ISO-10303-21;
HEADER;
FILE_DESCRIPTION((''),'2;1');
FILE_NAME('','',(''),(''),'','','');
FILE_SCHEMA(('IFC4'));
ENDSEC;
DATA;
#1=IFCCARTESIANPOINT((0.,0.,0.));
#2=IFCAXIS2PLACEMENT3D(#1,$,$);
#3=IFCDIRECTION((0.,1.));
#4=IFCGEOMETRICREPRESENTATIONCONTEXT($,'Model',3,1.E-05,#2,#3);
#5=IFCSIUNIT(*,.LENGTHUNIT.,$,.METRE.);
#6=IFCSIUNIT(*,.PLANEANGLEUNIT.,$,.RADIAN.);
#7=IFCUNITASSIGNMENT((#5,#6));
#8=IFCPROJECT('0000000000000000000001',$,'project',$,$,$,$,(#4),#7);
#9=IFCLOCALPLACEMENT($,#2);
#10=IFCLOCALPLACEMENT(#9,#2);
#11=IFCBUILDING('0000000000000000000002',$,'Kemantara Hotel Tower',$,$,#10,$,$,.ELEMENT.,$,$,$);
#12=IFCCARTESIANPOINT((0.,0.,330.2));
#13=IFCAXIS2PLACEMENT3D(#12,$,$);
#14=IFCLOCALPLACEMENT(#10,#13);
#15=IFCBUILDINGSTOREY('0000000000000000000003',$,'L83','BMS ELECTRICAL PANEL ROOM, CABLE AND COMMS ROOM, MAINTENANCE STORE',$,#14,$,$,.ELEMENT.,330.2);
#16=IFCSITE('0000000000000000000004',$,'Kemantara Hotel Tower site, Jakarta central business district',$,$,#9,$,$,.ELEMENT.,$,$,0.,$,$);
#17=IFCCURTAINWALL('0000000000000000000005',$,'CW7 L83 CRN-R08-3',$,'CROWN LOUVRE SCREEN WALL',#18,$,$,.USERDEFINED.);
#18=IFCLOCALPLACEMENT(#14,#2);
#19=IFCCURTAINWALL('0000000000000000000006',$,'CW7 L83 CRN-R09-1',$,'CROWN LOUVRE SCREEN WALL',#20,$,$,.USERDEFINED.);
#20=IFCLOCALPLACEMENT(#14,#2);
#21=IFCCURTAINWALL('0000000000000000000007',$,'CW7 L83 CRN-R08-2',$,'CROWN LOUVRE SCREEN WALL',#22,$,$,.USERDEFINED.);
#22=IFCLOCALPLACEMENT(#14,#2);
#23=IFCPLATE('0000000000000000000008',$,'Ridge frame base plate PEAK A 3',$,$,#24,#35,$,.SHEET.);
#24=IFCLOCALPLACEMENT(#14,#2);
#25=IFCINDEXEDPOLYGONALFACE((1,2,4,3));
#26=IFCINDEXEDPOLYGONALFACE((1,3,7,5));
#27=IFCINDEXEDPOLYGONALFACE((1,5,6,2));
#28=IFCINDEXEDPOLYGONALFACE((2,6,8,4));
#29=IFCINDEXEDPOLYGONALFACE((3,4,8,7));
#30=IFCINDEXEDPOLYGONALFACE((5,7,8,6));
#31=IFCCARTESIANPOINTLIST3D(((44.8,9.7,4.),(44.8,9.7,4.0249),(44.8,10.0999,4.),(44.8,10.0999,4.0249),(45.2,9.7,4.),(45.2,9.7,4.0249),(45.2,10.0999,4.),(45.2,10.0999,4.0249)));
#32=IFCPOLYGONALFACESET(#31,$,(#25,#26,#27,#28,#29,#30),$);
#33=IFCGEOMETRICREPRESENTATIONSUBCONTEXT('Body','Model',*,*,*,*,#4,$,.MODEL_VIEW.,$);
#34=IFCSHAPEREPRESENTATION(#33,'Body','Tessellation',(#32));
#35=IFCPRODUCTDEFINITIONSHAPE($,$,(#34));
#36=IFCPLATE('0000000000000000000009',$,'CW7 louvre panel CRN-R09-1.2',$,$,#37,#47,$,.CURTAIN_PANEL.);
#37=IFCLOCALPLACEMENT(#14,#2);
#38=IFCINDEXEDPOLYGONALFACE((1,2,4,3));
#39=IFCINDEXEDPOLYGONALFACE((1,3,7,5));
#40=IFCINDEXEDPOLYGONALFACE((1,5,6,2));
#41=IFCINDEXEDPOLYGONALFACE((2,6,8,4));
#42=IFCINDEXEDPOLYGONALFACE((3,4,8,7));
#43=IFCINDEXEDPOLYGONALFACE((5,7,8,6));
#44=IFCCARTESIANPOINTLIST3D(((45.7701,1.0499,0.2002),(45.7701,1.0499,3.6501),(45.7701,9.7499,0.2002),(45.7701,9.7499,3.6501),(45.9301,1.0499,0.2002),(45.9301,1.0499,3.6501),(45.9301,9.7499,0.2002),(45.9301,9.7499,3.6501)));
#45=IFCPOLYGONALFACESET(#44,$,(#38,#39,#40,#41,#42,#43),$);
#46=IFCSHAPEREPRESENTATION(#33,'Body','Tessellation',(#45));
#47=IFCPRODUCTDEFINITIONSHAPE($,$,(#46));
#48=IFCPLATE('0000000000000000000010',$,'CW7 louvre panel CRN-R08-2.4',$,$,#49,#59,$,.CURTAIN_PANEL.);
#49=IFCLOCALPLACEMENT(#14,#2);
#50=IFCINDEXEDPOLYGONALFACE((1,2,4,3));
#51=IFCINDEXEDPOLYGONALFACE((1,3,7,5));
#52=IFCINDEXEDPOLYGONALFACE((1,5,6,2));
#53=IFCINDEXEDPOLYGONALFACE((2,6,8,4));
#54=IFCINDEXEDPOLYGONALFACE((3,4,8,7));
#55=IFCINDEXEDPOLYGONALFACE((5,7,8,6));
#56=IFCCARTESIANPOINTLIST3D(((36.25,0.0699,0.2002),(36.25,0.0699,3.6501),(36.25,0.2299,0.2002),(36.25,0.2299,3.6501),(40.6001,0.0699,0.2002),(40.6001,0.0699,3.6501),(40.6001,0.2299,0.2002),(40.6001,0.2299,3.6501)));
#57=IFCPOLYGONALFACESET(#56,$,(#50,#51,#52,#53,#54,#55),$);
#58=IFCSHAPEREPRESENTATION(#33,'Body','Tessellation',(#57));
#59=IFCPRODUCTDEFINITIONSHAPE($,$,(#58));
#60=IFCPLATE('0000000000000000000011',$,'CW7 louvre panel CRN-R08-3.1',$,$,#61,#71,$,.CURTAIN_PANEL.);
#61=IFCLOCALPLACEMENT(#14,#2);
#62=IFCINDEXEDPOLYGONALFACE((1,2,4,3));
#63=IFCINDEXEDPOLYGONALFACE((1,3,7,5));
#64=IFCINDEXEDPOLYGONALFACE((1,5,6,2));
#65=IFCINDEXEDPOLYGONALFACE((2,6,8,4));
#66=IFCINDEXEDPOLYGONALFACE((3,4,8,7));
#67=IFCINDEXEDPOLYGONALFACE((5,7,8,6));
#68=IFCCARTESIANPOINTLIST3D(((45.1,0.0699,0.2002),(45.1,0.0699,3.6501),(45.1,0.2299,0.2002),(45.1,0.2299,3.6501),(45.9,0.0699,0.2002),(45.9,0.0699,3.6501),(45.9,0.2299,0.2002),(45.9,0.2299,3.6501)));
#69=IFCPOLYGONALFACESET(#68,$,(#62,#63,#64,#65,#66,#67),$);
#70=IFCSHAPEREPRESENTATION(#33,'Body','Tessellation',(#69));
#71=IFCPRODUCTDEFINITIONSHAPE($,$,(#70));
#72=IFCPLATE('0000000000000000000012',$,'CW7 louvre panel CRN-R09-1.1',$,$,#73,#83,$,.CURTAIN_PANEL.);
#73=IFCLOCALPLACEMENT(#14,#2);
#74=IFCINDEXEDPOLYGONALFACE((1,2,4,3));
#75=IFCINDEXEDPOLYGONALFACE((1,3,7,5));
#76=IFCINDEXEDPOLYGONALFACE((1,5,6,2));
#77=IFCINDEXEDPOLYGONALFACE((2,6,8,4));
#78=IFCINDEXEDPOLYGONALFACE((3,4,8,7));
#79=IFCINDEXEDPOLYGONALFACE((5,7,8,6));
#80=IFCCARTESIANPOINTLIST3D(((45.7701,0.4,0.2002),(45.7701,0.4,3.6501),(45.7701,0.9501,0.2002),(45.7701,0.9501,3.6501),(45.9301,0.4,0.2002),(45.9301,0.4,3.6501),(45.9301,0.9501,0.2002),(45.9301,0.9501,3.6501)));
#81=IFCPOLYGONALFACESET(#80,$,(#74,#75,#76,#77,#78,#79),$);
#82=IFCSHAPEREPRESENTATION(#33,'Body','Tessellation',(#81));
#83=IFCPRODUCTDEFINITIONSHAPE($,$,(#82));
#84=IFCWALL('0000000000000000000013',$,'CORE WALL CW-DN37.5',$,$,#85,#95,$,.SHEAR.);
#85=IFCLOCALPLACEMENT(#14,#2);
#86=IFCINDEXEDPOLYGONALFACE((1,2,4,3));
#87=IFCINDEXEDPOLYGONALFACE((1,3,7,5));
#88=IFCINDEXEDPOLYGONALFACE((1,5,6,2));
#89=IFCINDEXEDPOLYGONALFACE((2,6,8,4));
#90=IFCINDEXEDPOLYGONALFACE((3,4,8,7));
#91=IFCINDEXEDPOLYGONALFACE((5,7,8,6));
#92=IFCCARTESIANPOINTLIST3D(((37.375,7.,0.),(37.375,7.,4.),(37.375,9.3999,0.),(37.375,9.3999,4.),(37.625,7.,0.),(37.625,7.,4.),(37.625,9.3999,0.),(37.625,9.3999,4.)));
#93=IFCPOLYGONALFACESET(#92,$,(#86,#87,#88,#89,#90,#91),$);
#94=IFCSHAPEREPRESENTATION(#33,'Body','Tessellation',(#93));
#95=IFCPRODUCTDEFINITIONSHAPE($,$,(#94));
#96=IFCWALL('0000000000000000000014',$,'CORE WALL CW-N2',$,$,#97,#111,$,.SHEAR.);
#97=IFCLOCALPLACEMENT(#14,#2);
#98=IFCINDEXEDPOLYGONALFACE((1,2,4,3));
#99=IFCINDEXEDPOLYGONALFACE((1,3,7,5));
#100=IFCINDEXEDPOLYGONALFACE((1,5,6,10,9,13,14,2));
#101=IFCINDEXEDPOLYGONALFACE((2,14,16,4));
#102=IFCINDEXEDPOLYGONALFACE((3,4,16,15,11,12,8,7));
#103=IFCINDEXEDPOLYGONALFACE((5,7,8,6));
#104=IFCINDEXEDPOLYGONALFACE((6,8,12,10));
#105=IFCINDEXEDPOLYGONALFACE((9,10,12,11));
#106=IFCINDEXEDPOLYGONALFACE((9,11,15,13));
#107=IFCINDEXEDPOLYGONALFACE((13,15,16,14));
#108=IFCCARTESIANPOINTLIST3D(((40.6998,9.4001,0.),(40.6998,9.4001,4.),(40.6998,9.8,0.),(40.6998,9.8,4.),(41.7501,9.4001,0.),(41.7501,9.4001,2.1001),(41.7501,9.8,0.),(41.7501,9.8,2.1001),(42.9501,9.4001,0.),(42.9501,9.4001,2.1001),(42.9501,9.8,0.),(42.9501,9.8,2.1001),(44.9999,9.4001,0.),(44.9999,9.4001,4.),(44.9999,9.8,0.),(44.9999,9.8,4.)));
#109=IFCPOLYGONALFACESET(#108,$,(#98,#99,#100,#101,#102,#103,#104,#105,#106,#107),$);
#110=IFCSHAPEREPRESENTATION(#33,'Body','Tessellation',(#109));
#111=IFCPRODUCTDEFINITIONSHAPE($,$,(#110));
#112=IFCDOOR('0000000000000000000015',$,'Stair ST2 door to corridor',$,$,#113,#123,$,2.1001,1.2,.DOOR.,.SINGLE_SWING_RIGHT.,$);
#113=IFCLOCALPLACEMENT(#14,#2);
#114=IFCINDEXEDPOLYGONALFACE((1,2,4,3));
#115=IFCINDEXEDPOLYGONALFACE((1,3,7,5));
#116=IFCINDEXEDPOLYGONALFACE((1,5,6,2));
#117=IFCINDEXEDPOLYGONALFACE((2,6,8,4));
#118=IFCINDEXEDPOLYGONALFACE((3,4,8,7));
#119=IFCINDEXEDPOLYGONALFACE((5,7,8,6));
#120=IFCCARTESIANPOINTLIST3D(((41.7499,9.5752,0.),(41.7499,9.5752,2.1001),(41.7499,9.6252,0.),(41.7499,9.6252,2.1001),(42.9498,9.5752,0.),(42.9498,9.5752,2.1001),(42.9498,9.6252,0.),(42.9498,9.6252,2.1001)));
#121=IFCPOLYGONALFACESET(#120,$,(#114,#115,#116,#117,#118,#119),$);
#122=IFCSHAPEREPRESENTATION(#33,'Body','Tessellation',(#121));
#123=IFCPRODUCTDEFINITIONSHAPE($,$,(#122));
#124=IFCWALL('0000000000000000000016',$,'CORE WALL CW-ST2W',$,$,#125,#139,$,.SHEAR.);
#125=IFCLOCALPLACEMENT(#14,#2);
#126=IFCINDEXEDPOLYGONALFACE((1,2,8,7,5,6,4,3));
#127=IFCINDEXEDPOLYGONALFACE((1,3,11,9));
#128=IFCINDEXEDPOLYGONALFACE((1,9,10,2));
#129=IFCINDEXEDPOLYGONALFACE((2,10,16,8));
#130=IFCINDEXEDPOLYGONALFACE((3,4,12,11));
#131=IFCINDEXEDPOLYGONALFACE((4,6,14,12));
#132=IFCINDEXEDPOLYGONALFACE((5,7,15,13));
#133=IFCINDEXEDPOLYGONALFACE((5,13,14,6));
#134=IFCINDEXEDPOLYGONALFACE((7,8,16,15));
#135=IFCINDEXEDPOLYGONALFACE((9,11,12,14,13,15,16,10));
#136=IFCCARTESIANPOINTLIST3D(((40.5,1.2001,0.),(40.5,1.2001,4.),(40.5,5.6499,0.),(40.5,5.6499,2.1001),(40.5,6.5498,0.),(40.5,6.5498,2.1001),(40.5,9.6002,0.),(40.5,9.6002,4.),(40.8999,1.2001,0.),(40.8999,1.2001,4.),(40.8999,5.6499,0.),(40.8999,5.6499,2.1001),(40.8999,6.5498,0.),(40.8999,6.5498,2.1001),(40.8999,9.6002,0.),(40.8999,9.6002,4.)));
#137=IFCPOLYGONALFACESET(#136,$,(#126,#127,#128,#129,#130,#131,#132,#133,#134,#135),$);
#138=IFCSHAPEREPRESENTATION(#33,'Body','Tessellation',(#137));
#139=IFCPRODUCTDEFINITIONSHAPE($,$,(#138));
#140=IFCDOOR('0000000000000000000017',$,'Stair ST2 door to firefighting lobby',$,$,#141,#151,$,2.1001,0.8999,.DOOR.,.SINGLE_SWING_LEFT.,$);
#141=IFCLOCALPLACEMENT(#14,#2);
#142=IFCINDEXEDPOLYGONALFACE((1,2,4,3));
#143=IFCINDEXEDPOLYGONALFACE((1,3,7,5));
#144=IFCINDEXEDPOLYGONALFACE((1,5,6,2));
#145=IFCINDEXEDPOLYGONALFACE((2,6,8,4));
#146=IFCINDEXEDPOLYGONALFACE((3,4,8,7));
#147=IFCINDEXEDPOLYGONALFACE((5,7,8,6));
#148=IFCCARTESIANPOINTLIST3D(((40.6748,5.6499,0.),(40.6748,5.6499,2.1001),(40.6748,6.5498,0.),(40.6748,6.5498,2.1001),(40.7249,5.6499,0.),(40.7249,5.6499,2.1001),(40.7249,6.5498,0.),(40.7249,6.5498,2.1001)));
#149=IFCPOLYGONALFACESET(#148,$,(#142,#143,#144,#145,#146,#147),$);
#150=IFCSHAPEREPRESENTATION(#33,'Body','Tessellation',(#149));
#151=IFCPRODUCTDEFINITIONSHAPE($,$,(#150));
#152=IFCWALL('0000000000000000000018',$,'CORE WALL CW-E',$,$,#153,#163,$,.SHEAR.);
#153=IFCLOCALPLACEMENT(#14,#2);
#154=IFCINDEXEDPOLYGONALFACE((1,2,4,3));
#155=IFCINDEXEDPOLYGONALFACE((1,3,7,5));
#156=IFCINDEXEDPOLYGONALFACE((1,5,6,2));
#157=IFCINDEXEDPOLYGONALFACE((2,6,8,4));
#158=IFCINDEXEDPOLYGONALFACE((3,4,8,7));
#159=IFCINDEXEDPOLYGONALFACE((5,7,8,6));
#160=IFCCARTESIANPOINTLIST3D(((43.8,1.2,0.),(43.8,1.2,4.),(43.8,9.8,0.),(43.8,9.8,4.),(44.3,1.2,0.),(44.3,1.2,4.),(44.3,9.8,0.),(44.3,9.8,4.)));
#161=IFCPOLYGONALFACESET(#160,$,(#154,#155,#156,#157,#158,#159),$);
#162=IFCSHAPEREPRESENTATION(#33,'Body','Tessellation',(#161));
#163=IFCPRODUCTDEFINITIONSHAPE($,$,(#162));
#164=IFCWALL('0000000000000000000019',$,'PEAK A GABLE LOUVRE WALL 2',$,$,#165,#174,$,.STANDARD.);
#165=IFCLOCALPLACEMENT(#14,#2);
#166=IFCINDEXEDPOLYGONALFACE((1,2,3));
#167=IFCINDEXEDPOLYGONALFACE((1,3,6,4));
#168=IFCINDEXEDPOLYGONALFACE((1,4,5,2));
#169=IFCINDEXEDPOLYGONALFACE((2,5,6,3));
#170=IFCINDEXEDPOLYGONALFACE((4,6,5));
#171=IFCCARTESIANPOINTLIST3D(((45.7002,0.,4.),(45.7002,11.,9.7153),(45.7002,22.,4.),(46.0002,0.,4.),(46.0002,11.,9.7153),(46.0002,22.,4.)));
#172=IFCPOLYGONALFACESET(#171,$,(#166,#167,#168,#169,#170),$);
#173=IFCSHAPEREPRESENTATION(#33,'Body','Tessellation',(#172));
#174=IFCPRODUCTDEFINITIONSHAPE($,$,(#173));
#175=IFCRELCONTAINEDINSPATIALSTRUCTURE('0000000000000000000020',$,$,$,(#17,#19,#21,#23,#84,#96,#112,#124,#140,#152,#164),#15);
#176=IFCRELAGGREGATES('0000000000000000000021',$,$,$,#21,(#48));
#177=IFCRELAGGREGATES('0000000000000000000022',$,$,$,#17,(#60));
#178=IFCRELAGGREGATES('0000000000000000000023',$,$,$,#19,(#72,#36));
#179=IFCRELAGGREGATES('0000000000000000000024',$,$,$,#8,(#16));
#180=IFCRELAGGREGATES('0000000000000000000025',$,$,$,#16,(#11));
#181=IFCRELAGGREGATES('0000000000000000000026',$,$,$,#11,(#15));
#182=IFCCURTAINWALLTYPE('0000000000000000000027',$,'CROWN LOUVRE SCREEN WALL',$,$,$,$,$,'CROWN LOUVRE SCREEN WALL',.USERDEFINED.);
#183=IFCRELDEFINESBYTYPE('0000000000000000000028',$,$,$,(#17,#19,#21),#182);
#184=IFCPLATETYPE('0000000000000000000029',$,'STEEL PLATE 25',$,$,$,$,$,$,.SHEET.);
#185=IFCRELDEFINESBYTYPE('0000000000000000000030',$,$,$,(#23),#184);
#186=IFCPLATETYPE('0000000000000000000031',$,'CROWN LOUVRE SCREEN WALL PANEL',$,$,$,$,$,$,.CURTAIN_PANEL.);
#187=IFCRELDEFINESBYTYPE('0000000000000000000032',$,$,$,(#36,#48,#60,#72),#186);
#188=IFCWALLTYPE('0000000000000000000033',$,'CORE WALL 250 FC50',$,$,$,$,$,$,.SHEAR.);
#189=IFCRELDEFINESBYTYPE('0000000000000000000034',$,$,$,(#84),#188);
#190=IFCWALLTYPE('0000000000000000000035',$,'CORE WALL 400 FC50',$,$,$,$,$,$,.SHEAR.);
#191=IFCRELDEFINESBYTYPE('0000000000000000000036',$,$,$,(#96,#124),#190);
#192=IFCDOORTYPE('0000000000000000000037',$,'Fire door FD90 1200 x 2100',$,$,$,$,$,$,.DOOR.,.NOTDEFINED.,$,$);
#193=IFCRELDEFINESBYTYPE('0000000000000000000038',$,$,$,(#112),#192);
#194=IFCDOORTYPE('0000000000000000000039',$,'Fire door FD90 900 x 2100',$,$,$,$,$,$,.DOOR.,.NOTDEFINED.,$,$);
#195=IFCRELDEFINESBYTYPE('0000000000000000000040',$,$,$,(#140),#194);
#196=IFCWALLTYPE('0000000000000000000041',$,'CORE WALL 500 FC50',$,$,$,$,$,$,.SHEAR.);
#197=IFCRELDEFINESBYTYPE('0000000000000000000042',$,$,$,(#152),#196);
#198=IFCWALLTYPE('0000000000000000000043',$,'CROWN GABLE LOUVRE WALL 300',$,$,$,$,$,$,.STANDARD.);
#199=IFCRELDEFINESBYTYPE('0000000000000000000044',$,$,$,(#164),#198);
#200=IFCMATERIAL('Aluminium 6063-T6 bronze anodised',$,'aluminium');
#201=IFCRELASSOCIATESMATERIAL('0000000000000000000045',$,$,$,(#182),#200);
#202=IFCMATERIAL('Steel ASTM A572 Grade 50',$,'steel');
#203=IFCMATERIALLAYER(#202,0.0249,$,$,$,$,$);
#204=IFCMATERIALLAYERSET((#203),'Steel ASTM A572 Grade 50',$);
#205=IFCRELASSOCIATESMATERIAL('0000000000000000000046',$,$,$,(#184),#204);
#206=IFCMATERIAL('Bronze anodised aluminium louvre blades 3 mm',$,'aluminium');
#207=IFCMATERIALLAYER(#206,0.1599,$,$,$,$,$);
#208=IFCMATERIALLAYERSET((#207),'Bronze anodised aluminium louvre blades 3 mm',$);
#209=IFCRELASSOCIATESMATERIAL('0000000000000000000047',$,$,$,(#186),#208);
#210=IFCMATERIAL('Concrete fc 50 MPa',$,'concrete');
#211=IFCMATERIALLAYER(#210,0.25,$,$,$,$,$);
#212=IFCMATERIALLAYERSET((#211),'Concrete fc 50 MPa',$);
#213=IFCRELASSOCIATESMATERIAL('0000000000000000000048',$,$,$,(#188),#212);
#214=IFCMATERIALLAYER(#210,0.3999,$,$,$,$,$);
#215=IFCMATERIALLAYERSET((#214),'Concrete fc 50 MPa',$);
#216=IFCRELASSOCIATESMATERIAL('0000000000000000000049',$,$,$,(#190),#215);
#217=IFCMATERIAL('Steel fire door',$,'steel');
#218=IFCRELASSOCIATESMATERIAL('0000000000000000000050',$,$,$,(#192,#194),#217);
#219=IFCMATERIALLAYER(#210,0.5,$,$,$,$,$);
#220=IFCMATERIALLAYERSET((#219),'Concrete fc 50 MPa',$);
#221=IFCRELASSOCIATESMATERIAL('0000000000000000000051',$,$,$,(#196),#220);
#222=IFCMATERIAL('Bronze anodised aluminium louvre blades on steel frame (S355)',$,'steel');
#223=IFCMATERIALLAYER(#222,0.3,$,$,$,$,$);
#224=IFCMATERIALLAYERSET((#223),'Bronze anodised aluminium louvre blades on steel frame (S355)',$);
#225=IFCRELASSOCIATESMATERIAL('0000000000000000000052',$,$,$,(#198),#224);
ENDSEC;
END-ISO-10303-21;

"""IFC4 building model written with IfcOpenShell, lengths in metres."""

from ifc_helpers import new_model, si_unit, direction, frame, frame_2d, origin, origin_2d, place, context, subcontext, project, spatial, polyline, rectangle, outline, extrude, source, transform, mapped, material, layer, layer_set, type_object, element, fill, aggregate, save


model = new_model("IFC4")

# Units and contexts
model_context = context("Model", 3, precision=1e-05, world=origin(), true_north=direction((0.0, 1.0)))
body_context = subcontext(model_context, "Body", "Model", "MODEL_VIEW")
ifc_project = project(units=[si_unit("LENGTHUNIT", "METRE"), si_unit("PLANEANGLEUNIT", "RADIAN")], contexts=[model_context])

# Site, building, storey
site_placement = place(None, origin())
site = spatial("IfcSite", under=ifc_project, at=site_placement, Name="Kemantara Hotel Tower site, Jakarta central business district", CompositionType="ELEMENT", RefElevation=0.0)
building_placement = place(site_placement, origin())
building = spatial("IfcBuilding", under=site, at=building_placement, Name="Kemantara Hotel Tower", CompositionType="ELEMENT")
storey_placement = place(building_placement, frame((0.0, 0.0, 330.2)))
storey = spatial("IfcBuildingStorey", under=building, at=storey_placement, Name="L83", Description="BMS ELECTRICAL PANEL ROOM, CABLE AND COMMS ROOM, MAINTENANCE STORE", CompositionType="ELEMENT", Elevation=330.2)

# Shared definitions
ifc_material_1 = material(Name="Concrete fc 50 MPa", Category="concrete")

# Curtain walls
ifc_material_2 = material(Name="Aluminium 6063-T6 bronze anodised", Category="aluminium")
curtain_wall_type = type_object("IfcCurtainWallType", Name="CROWN LOUVRE SCREEN WALL", ElementType="CROWN LOUVRE SCREEN WALL", PredefinedType="USERDEFINED", material=ifc_material_2)
curtain_wall_1_placement = place(storey_placement, origin())
curtain_wall_1 = element("IfcCurtainWall", 1, at=curtain_wall_1_placement, inside=storey, type_object=curtain_wall_type, Name="CW7 L83 CRN-R08-3", ObjectType="CROWN LOUVRE SCREEN WALL", PredefinedType="USERDEFINED")
curtain_wall_2_placement = place(storey_placement, origin())
curtain_wall_2 = element("IfcCurtainWall", 2, at=curtain_wall_2_placement, inside=storey, type_object=curtain_wall_type, Name="CW7 L83 CRN-R09-1", ObjectType="CROWN LOUVRE SCREEN WALL", PredefinedType="USERDEFINED")

# Curtain wall
curtain_wall_3_placement = place(storey_placement, origin())
curtain_wall_3 = element("IfcCurtainWall", 3, at=curtain_wall_3_placement, inside=storey, type_object=curtain_wall_type, Name="CW7 L83 CRN-R08-2", ObjectType="CROWN LOUVRE SCREEN WALL", PredefinedType="USERDEFINED")

# Plates
ifc_material_3 = material(Name="Steel ASTM A572 Grade 50", Category="steel")
ifc_layer_1 = layer(ifc_material_3, 0.0249)
ifc_layer_set_1 = layer_set([ifc_layer_1], Name="Steel ASTM A572 Grade 50")
plate_type_1 = type_object("IfcPlateType", Name="STEEL PLATE 25", PredefinedType="SHEET", material=ifc_layer_set_1)
shared_shape_1 = source(origin(), body_context, "Body", "SweptSolid", [
    extrude(rectangle(XDim=0.3999, YDim=0.3999, at=origin_2d()), origin(), (0.0, 0.0, 1.0), 0.0249),
])
plate_1_placement = place(storey_placement, frame((45.0, 9.8999, 4.0), z_axis=(0.0, 0.0, 1.0), x_axis=(1.0, 0.0, 0.0)))
element("IfcPlate", 4, at=plate_1_placement, inside=storey, type_object=plate_type_1, Name="Ridge frame base plate PEAK A 3", PredefinedType="SHEET", context=body_context, shape_type="MappedRepresentation", body=[
    mapped(shared_shape_1, transform((0.0, 0.0, 0.0))),
])
ifc_material_4 = material(Name="Bronze anodised aluminium louvre blades 3 mm", Category="aluminium")
ifc_layer_2 = layer(ifc_material_4, 0.1599)
ifc_layer_set_2 = layer_set([ifc_layer_2], Name="Bronze anodised aluminium louvre blades 3 mm")
plate_type_2 = type_object("IfcPlateType", Name="CROWN LOUVRE SCREEN WALL PANEL", PredefinedType="CURTAIN_PANEL", material=ifc_layer_set_2)
shared_shape_2 = source(origin(), body_context, "Body", "SweptSolid", [
    extrude(rectangle(XDim=8.7, YDim=0.1599, at=origin_2d()), origin(), (0.0, 0.0, 1.0), 3.45),
])
plate_2_placement = place(storey_placement, frame((45.8501, 5.3999, 0.2002), z_axis=(0.0, 0.0, 1.0), x_axis=(0.0, 1.0, 0.0)))
plate_2 = element("IfcPlate", 5, at=plate_2_placement, type_object=plate_type_2, Name="CW7 louvre panel CRN-R09-1.2", PredefinedType="CURTAIN_PANEL", context=body_context, shape_type="MappedRepresentation", body=[
    mapped(shared_shape_2, transform((0.0, 0.0, 0.0))),
])
shared_shape_3 = source(origin(), body_context, "Body", "SweptSolid", [
    extrude(rectangle(XDim=4.3501, YDim=0.1599, at=origin_2d()), origin(), (0.0, 0.0, 1.0), 3.45),
])
plate_3_placement = place(storey_placement, frame((38.425, 0.1499, 0.2002), z_axis=(0.0, 0.0, 1.0), x_axis=(1.0, 0.0, 0.0)))
plate_3 = element("IfcPlate", 6, at=plate_3_placement, type_object=plate_type_2, Name="CW7 louvre panel CRN-R08-2.4", PredefinedType="CURTAIN_PANEL", context=body_context, shape_type="MappedRepresentation", body=[
    mapped(shared_shape_3, transform((0.0, 0.0, 0.0))),
])
aggregate(curtain_wall_3, [plate_3])
shared_shape_4 = source(origin(), body_context, "Body", "SweptSolid", [
    extrude(rectangle(XDim=0.8, YDim=0.1599, at=origin_2d()), origin(), (0.0, 0.0, 1.0), 3.45),
])
plate_4_placement = place(storey_placement, frame((45.5, 0.1499, 0.2002), z_axis=(0.0, 0.0, 1.0), x_axis=(1.0, 0.0, 0.0)))
plate_4 = element("IfcPlate", 7, at=plate_4_placement, type_object=plate_type_2, Name="CW7 louvre panel CRN-R08-3.1", PredefinedType="CURTAIN_PANEL", context=body_context, shape_type="MappedRepresentation", body=[
    mapped(shared_shape_4, transform((0.0, 0.0, 0.0))),
])
aggregate(curtain_wall_1, [plate_4])
shared_shape_5 = source(origin(), body_context, "Body", "SweptSolid", [
    extrude(rectangle(XDim=0.55, YDim=0.1599, at=origin_2d()), origin(), (0.0, 0.0, 1.0), 3.45),
])
plate_5_placement = place(storey_placement, frame((45.8501, 0.675, 0.2002), z_axis=(0.0, 0.0, 1.0), x_axis=(0.0, 1.0, 0.0)))
plate_5 = element("IfcPlate", 8, at=plate_5_placement, type_object=plate_type_2, Name="CW7 louvre panel CRN-R09-1.1", PredefinedType="CURTAIN_PANEL", context=body_context, shape_type="MappedRepresentation", body=[
    mapped(shared_shape_5, transform((0.0, 0.0, 0.0))),
])
aggregate(curtain_wall_2, [plate_5, plate_2])

# Wall
ifc_layer_3 = layer(ifc_material_1, 0.25)
ifc_layer_set_3 = layer_set([ifc_layer_3], Name="Concrete fc 50 MPa")
wall_type_1 = type_object("IfcWallType", Name="CORE WALL 250 FC50", PredefinedType="SHEAR", material=ifc_layer_set_3)
wall_1_placement = place(storey_placement, frame((37.5, 7.0, 0.0), z_axis=(0.0, 0.0, 1.0), x_axis=(0.0, 1.0, 0.0)))
element("IfcWall", 9, at=wall_1_placement, inside=storey, type_object=wall_type_1, Name="CORE WALL CW-DN37.5", PredefinedType="SHEAR", context=body_context, shape_type="SweptSolid", body=[
    extrude(rectangle(XDim=2.3999, YDim=0.25, at=frame_2d((1.2, 0.0))), origin(), (0.0, 0.0, 1.0), 4.0),
])

# Walls, openings, doors
ifc_layer_4 = layer(ifc_material_1, 0.3999)
ifc_layer_set_4 = layer_set([ifc_layer_4], Name="Concrete fc 50 MPa")
wall_type_2 = type_object("IfcWallType", Name="CORE WALL 400 FC50", PredefinedType="SHEAR", material=ifc_layer_set_4)
wall_2_placement = place(storey_placement, frame((40.7, 9.6001, 0.0), z_axis=(0.0, 0.0, 1.0), x_axis=(1.0, 0.0, 0.0)))
wall_2 = element("IfcWall", 10, at=wall_2_placement, inside=storey, type_object=wall_type_2, Name="CORE WALL CW-N2", PredefinedType="SHEAR", context=body_context, shape_type="SweptSolid", body=[
    extrude(rectangle(XDim=4.3, YDim=0.3999, at=frame_2d((2.1499, 0.0))), origin(), (0.0, 0.0, 1.0), 4.0),
])
opening_1_placement = place(wall_2_placement, frame((1.05, 0.0, 0.0)))
opening_1 = element("IfcOpeningElement", 11, at=opening_1_placement, cuts=wall_2, PredefinedType="OPENING", context=body_context, shape_type="SweptSolid", body=[
    extrude(rectangle(XDim=1.2, YDim=2.1001, at=frame_2d((0.6001, 1.05))), frame((0.0, 0.21, 0.0), z_axis=(0.0, -1.0, 0.0), x_axis=(1.0, 0.0, 0.0)), (0.0, 0.0, 1.0), 0.4199),
])
ifc_material_5 = material(Name="Steel fire door", Category="steel")
door_type_1 = type_object("IfcDoorType", Name="Fire door FD90 1200 x 2100", OperationType="NOTDEFINED", PredefinedType="DOOR", material=ifc_material_5)
door_1_placement = place(opening_1_placement, frame((1.2, 0.0, 0.0), z_axis=(0.0, 0.0, 1.0), x_axis=(-1.0, 0.0, 0.0)))
door_1 = element("IfcDoor", 12, at=door_1_placement, inside=storey, type_object=door_type_1, Name="Stair ST2 door to corridor", OperationType="SINGLE_SWING_RIGHT", OverallHeight=2.1001, OverallWidth=1.2, PredefinedType="DOOR", context=body_context, shape_type="SweptSolid", body=[
    extrude(rectangle(XDim=1.2, YDim=2.1001, at=frame_2d((0.6001, 1.05))), frame((0.0, 0.0249, 0.0), z_axis=(0.0, -1.0, 0.0), x_axis=(1.0, 0.0, 0.0)), (0.0, 0.0, 1.0), 0.05),
])
fill(opening_1, door_1)
wall_3_placement = place(storey_placement, frame((40.7, 1.2, 0.0), z_axis=(0.0, 0.0, 1.0), x_axis=(0.0, 1.0, 0.0)))
wall_3 = element("IfcWall", 13, at=wall_3_placement, inside=storey, type_object=wall_type_2, Name="CORE WALL CW-ST2W", PredefinedType="SHEAR", context=body_context, shape_type="SweptSolid", body=[
    extrude(rectangle(XDim=8.4001, YDim=0.3999, at=frame_2d((4.2002, 0.0))), origin(), (0.0, 0.0, 1.0), 4.0),
])
opening_2_placement = place(wall_3_placement, frame((4.45, 0.0, 0.0)))
opening_2 = element("IfcOpeningElement", 14, at=opening_2_placement, cuts=wall_3, PredefinedType="OPENING", context=body_context, shape_type="SweptSolid", body=[
    extrude(rectangle(XDim=0.8999, YDim=2.1001, at=frame_2d((0.45, 1.05))), frame((0.0, 0.21, 0.0), z_axis=(0.0, -1.0, 0.0), x_axis=(1.0, 0.0, 0.0)), (0.0, 0.0, 1.0), 0.4199),
])
door_type_2 = type_object("IfcDoorType", Name="Fire door FD90 900 x 2100", OperationType="NOTDEFINED", PredefinedType="DOOR", material=ifc_material_5)
door_2_placement = place(opening_2_placement, frame((0.8999, 0.0, 0.0), z_axis=(0.0, 0.0, 1.0), x_axis=(-1.0, 0.0, 0.0)))
door_2 = element("IfcDoor", 15, at=door_2_placement, inside=storey, type_object=door_type_2, Name="Stair ST2 door to firefighting lobby", OperationType="SINGLE_SWING_LEFT", OverallHeight=2.1001, OverallWidth=0.8999, PredefinedType="DOOR", context=body_context, shape_type="SweptSolid", body=[
    extrude(rectangle(XDim=0.8999, YDim=2.1001, at=frame_2d((0.45, 1.05))), frame((0.0, 0.0249, 0.0), z_axis=(0.0, -1.0, 0.0), x_axis=(1.0, 0.0, 0.0)), (0.0, 0.0, 1.0), 0.05),
])
fill(opening_2, door_2)

# Walls
ifc_layer_5 = layer(ifc_material_1, 0.5)
ifc_layer_set_5 = layer_set([ifc_layer_5], Name="Concrete fc 50 MPa")
wall_type_3 = type_object("IfcWallType", Name="CORE WALL 500 FC50", PredefinedType="SHEAR", material=ifc_layer_set_5)
wall_4_placement = place(storey_placement, frame((44.05, 1.2, 0.0), z_axis=(0.0, 0.0, 1.0), x_axis=(0.0, 1.0, 0.0)))
element("IfcWall", 16, at=wall_4_placement, inside=storey, type_object=wall_type_3, Name="CORE WALL CW-E", PredefinedType="SHEAR", context=body_context, shape_type="SweptSolid", body=[
    extrude(rectangle(XDim=8.6001, YDim=0.5, at=frame_2d((4.3, 0.0))), origin(), (0.0, 0.0, 1.0), 4.0),
])
ifc_material_6 = material(Name="Bronze anodised aluminium louvre blades on steel frame (S355)", Category="steel")
ifc_layer_6 = layer(ifc_material_6, 0.3)
ifc_layer_set_6 = layer_set([ifc_layer_6], Name="Bronze anodised aluminium louvre blades on steel frame (S355)")
wall_type_4 = type_object("IfcWallType", Name="CROWN GABLE LOUVRE WALL 300", PredefinedType="STANDARD", material=ifc_layer_set_6)
wall_5_placement = place(storey_placement, frame((45.8501, 0.0, 4.0), z_axis=(0.0, 0.0, 1.0), x_axis=(0.0, 1.0, 0.0)))
element("IfcWall", 17, at=wall_5_placement, inside=storey, type_object=wall_type_4, Name="PEAK A GABLE LOUVRE WALL 2", PredefinedType="STANDARD", context=body_context, shape_type="SweptSolid", body=[
    extrude(outline(polyline([(0.0, 0.0), (22.0, 0.0), (22.0, 0.0), (11.0, 5.7153), (0.0, 0.0), (0.0, 0.0)])), frame((0.0, 0.1499, 0.0), z_axis=(0.0, -1.0, 0.0), x_axis=(1.0, 0.0, 0.0)), (0.0, 0.0, 1.0), 0.3),
])

save(model, "model.ifc")
